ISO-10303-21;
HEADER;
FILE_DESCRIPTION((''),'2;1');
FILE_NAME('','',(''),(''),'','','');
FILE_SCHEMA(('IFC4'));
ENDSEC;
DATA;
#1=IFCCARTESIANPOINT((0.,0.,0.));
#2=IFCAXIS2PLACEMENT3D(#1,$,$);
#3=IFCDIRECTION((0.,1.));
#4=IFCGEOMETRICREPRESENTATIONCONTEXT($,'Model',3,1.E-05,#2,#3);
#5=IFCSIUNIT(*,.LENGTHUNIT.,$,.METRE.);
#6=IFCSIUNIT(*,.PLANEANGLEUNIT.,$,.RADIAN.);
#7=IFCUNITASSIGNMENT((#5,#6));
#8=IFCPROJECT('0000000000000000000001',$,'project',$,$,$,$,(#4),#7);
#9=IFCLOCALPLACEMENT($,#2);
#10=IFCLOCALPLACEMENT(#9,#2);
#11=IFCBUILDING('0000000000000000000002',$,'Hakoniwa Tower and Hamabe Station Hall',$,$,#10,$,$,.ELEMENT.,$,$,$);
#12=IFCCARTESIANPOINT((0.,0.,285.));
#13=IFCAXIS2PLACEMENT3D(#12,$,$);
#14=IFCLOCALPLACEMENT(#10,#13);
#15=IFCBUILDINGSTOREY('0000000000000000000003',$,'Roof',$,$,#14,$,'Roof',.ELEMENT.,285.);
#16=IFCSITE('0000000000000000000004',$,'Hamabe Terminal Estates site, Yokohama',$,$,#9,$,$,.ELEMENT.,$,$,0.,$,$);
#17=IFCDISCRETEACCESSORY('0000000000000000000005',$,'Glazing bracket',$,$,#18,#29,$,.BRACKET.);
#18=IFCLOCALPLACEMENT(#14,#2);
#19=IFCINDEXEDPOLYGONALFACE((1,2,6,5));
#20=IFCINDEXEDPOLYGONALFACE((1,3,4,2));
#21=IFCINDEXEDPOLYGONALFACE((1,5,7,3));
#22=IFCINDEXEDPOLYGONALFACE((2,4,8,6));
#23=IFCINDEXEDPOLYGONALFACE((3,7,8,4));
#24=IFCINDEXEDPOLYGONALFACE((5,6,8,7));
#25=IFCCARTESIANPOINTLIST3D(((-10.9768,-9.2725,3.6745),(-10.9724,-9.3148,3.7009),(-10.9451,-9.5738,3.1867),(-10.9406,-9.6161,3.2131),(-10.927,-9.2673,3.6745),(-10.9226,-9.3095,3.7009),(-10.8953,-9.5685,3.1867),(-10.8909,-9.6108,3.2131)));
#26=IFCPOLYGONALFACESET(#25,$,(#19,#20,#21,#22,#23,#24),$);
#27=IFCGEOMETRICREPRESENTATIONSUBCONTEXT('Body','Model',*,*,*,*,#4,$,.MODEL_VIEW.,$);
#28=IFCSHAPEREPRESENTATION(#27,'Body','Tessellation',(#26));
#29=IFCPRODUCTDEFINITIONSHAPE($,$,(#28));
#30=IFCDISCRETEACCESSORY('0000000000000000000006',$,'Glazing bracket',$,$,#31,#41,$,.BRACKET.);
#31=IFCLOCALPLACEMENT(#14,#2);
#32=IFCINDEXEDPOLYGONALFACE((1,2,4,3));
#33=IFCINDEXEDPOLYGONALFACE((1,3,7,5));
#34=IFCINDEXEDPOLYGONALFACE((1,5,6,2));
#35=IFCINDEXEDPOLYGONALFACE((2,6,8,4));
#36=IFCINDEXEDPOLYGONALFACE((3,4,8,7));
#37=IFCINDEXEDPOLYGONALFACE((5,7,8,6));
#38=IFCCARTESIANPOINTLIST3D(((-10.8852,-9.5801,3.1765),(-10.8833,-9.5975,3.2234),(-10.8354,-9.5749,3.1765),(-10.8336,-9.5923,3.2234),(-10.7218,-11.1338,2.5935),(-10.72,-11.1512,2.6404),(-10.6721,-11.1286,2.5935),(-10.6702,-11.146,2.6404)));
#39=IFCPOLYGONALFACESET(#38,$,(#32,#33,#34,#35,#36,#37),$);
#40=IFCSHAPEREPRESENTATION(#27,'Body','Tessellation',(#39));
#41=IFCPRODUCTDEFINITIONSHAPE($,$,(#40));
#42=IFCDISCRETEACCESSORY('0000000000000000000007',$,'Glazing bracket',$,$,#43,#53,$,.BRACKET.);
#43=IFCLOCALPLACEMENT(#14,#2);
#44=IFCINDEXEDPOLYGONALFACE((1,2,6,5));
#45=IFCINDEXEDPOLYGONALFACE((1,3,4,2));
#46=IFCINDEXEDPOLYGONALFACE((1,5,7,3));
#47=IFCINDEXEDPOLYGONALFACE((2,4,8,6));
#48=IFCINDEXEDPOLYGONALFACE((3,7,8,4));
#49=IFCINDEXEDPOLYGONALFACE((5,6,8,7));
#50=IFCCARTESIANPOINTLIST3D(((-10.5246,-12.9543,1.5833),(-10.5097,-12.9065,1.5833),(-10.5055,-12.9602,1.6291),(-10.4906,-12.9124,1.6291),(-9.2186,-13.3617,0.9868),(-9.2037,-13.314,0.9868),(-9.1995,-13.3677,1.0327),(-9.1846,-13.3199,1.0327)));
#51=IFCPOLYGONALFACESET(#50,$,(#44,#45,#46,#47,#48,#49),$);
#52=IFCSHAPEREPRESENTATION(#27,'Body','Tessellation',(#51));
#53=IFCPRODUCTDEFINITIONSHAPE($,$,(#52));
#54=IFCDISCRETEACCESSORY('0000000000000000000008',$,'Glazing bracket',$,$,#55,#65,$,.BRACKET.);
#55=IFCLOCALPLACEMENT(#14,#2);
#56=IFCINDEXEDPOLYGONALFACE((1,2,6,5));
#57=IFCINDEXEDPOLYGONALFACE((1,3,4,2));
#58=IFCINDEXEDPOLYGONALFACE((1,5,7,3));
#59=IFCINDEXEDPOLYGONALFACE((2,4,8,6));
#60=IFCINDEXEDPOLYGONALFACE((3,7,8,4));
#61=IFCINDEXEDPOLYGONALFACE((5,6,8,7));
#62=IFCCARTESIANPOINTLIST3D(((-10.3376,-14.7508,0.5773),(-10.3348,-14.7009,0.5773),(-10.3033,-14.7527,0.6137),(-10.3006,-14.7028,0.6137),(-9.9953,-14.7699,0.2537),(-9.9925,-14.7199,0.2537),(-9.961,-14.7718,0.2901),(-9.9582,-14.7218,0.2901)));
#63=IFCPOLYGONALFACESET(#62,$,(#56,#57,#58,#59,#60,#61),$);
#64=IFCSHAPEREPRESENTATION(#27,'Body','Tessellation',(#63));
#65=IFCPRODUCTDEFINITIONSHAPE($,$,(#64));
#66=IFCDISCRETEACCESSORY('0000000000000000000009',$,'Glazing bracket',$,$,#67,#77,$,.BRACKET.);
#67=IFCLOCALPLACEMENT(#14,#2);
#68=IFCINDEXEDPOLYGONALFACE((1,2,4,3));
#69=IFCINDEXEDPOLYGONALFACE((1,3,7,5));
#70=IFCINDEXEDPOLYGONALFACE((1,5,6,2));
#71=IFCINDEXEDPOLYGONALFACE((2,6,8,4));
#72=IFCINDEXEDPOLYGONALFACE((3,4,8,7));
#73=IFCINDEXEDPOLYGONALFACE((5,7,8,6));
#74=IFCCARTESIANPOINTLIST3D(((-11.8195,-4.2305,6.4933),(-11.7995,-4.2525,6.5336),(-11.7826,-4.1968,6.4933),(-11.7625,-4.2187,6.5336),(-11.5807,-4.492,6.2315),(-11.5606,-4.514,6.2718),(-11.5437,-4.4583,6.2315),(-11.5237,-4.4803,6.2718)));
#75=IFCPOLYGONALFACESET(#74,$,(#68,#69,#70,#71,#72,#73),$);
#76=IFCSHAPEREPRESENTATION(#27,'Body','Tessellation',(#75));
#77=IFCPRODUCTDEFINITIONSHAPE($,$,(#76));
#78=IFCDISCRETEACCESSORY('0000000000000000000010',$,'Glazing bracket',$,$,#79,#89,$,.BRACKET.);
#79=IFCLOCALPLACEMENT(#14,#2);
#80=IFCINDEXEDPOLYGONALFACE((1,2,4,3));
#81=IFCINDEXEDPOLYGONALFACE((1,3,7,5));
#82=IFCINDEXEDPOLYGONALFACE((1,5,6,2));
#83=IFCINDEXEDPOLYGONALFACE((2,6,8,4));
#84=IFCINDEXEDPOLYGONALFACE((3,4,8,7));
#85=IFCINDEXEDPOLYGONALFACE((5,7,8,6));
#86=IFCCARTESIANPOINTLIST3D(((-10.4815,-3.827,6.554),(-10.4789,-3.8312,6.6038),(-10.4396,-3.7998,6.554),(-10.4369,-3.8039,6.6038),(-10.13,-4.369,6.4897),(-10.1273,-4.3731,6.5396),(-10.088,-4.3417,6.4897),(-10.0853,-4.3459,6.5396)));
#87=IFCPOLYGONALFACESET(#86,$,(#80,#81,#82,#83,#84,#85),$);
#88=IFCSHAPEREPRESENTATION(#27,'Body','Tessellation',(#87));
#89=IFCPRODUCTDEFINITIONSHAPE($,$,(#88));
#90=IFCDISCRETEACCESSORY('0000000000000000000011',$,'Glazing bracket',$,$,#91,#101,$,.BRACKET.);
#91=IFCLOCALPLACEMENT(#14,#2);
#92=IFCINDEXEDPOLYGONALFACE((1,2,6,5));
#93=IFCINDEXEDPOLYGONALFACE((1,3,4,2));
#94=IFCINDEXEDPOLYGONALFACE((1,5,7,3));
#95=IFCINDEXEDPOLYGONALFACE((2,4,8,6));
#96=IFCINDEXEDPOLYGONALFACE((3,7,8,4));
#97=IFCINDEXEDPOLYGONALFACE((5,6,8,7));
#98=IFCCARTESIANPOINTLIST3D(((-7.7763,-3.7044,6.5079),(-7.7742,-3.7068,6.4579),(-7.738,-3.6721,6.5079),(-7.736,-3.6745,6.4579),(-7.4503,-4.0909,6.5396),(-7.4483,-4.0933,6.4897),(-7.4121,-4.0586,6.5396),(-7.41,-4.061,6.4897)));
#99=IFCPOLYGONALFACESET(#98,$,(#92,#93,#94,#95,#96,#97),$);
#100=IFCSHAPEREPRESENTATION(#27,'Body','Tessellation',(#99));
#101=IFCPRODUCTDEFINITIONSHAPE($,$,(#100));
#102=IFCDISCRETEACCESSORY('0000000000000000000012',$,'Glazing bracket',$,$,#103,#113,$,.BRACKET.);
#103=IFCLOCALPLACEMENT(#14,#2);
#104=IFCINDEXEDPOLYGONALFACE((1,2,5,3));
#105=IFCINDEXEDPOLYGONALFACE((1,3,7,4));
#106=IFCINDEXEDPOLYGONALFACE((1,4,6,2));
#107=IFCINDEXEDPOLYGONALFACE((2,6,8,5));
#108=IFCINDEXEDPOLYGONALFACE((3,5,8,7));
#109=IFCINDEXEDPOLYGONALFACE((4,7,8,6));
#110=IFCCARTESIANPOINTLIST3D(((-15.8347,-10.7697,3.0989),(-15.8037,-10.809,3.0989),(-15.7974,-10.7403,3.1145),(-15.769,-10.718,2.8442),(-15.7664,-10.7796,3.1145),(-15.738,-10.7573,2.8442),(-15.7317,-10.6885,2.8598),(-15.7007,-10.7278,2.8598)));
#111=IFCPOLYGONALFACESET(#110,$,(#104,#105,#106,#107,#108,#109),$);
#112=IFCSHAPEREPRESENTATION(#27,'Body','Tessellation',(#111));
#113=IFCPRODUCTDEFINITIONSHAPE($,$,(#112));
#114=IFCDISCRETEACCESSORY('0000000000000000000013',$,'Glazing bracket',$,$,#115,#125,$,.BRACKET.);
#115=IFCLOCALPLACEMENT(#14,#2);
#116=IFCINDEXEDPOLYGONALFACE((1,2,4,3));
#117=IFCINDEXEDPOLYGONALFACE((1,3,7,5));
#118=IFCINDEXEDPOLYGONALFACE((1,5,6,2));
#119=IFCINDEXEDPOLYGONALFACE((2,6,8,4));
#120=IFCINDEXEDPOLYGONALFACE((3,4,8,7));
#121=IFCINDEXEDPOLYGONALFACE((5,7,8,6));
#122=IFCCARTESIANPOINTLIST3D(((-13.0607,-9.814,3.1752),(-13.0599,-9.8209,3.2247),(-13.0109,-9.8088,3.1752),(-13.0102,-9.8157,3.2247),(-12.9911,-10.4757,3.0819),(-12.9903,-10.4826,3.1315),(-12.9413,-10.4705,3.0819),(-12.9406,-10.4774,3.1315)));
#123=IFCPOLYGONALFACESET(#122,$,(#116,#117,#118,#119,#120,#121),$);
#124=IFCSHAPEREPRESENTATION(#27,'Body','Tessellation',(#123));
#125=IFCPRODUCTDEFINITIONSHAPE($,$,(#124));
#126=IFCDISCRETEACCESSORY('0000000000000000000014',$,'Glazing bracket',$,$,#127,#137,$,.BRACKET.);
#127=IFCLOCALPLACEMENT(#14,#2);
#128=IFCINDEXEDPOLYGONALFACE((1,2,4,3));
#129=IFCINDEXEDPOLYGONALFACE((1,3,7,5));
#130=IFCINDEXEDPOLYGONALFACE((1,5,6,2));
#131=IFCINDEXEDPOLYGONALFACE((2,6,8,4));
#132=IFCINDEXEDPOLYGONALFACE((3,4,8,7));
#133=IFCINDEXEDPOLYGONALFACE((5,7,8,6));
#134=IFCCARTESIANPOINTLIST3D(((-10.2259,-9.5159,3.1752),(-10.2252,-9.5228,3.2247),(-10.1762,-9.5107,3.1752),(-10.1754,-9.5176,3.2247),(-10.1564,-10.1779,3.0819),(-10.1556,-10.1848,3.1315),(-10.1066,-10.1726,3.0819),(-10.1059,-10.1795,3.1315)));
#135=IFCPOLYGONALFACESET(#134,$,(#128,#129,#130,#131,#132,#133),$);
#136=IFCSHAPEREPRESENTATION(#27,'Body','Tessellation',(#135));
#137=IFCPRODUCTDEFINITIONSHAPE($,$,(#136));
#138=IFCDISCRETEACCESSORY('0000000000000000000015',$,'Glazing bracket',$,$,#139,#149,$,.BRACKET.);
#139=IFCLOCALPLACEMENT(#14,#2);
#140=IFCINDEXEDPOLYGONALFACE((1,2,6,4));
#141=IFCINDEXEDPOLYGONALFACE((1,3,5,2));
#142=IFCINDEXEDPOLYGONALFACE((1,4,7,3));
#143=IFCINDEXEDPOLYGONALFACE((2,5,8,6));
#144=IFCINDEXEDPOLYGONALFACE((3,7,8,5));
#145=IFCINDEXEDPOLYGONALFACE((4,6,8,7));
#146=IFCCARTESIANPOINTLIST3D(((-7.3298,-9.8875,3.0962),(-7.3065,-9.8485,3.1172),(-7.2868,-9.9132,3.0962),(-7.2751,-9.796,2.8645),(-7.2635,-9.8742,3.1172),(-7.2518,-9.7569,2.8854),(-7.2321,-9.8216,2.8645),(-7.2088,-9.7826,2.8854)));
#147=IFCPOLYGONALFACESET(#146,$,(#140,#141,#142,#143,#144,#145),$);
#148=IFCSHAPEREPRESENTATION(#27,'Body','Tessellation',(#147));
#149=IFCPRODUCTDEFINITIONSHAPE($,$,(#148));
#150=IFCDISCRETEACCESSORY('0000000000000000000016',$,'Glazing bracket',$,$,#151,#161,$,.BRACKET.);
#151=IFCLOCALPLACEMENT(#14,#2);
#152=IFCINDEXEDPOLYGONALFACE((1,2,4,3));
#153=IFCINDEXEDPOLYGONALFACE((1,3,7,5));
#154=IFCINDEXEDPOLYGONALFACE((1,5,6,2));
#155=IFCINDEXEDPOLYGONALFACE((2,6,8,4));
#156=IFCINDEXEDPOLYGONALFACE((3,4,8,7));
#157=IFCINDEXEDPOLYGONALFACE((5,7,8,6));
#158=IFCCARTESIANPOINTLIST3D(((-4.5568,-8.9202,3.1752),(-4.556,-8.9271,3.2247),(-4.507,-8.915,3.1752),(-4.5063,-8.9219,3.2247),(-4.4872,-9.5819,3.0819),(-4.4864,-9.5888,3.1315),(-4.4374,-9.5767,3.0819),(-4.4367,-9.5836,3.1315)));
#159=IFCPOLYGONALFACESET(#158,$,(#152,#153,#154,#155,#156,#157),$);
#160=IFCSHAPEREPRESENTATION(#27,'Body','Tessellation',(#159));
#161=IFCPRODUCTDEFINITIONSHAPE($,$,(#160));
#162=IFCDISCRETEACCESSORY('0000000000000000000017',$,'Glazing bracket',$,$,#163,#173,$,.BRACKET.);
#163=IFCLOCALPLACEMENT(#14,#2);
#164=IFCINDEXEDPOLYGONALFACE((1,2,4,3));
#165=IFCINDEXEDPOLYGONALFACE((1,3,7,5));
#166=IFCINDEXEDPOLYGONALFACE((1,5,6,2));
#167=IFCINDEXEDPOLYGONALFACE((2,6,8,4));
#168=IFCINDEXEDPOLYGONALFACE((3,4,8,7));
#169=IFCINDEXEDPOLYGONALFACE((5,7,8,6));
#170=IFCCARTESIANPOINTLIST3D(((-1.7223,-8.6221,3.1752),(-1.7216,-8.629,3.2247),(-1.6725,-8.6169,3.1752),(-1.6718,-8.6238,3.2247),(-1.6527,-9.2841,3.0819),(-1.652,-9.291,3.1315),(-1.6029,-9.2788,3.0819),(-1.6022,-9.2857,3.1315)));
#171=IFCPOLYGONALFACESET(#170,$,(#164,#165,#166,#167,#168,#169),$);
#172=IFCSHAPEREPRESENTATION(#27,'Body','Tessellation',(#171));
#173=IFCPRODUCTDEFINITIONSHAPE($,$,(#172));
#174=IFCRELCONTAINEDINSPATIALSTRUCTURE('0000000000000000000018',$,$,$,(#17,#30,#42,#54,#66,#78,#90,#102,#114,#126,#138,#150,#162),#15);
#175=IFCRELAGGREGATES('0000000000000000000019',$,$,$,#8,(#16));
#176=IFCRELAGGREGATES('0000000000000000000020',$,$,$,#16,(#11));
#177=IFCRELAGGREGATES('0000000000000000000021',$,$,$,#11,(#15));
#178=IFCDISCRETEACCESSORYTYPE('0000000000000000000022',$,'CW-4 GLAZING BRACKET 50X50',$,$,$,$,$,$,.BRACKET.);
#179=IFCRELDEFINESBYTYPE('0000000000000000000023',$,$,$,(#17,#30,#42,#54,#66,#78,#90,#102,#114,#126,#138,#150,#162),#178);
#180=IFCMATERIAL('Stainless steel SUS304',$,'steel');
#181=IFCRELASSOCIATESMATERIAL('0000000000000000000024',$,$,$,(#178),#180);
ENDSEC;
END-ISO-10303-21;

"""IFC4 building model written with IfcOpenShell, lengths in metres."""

from ifc_helpers import new_model, si_unit, direction, frame, origin, origin_2d, place, context, subcontext, project, spatial, rectangle, extrude, material, material_profile, profile_set, type_object, element, save


model = new_model("IFC4")

# Units and contexts
model_context = context("Model", 3, precision=1e-05, world=origin(), true_north=direction((0.0, 1.0)))
body_context = subcontext(model_context, "Body", "Model", "MODEL_VIEW")
ifc_project = project(units=[si_unit("LENGTHUNIT", "METRE"), si_unit("PLANEANGLEUNIT", "RADIAN")], contexts=[model_context])

# Site, building, storey
site_placement = place(None, origin())
site = spatial("IfcSite", under=ifc_project, at=site_placement, Name="Hamabe Terminal Estates site, Yokohama", CompositionType="ELEMENT", RefElevation=0.0)
building_placement = place(site_placement, origin())
building = spatial("IfcBuilding", under=site, at=building_placement, Name="Hakoniwa Tower and Hamabe Station Hall", CompositionType="ELEMENT")
storey_placement = place(building_placement, frame((0.0, 0.0, 285.0)))
storey = spatial("IfcBuildingStorey", under=building, at=storey_placement, Name="Roof", LongName="Roof", CompositionType="ELEMENT", Elevation=285.0)

# Discrete accessories
ifc_material_1 = material(Name="Stainless steel SUS304", Category="steel")
ifc_material_profile_1 = material_profile(ifc_material_1, rectangle(XDim=0.05, YDim=0.05, at=origin_2d()), Name="CW-4 GLAZING BRACKET 50X50")
ifc_profile_set_1 = profile_set([ifc_material_profile_1], Name="Stainless steel SUS304")
discrete_accessory_type = type_object("IfcDiscreteAccessoryType", Name="CW-4 GLAZING BRACKET 50X50", PredefinedType="BRACKET", material=ifc_profile_set_1)
discrete_accessory_1_placement = place(storey_placement, frame((-10.9497, -9.291, 3.6877), z_axis=(0.055273, -0.524671, -0.849509), x_axis=(0.994497, 0.104769, 0.0)))
element("IfcDiscreteAccessory", 1, at=discrete_accessory_1_placement, inside=storey, type_object=discrete_accessory_type, Name="Glazing bracket", PredefinedType="BRACKET", context=body_context, shape_type="SweptSolid", body=[
    extrude(rectangle(XDim=0.05, YDim=0.05, at=origin_2d()), origin(), (0.0, 0.0, 1.0), 0.5742),
])
discrete_accessory_2_placement = place(storey_placement, frame((-10.696, -11.1399, 2.6169), z_axis=(-0.097948, 0.931755, 0.349628), x_axis=(-0.99452, -0.104546, 0.0)))
element("IfcDiscreteAccessory", 2, at=discrete_accessory_2_placement, inside=storey, type_object=discrete_accessory_type, Name="Glazing bracket", PredefinedType="BRACKET", context=body_context, shape_type="SweptSolid", body=[
    extrude(rectangle(XDim=0.05, YDim=0.05, at=origin_2d()), origin(), (0.0, 0.0, 1.0), 1.6675),
])
discrete_accessory_3_placement = place(storey_placement, frame((-10.5076, -12.9333, 1.6062), z_axis=(0.875057, -0.273036, -0.399657), x_axis=(0.297858, 0.95461, 0.0)))
element("IfcDiscreteAccessory", 3, at=discrete_accessory_3_placement, inside=storey, type_object=discrete_accessory_type, Name="Glazing bracket", PredefinedType="BRACKET", context=body_context, shape_type="SweptSolid", body=[
    extrude(rectangle(XDim=0.05, YDim=0.05, at=origin_2d()), origin(), (0.0, 0.0, 1.0), 1.4924),
])
discrete_accessory_4_placement = place(storey_placement, frame((-10.3191, -14.7268, 0.5955), z_axis=(0.72619, -0.040401, -0.686306), x_axis=(0.055549, 0.998456, 0.0)))
element("IfcDiscreteAccessory", 4, at=discrete_accessory_4_placement, inside=storey, type_object=discrete_accessory_type, Name="Glazing bracket", PredefinedType="BRACKET", context=body_context, shape_type="SweptSolid", body=[
    extrude(rectangle(XDim=0.05, YDim=0.05, at=origin_2d()), origin(), (0.0, 0.0, 1.0), 0.4714),
])
discrete_accessory_5_placement = place(storey_placement, frame((-11.791, -4.2246, 6.5134), z_axis=(0.542271, -0.593836, -0.594391), x_axis=(0.738441, 0.674318, 0.0)))
element("IfcDiscreteAccessory", 5, at=discrete_accessory_5_placement, inside=storey, type_object=discrete_accessory_type, Name="Glazing bracket", PredefinedType="BRACKET", context=body_context, shape_type="SweptSolid", body=[
    extrude(rectangle(XDim=0.05, YDim=0.05, at=origin_2d()), origin(), (0.0, 0.0, 1.0), 0.4404),
])
discrete_accessory_6_placement = place(storey_placement, frame((-10.1077, -4.3574, 6.5146), z_axis=(-0.541523, 0.834848, 0.098903), x_axis=(-0.838961, -0.544191, 0.0)))
element("IfcDiscreteAccessory", 6, at=discrete_accessory_6_placement, inside=storey, type_object=discrete_accessory_type, Name="Glazing bracket", PredefinedType="BRACKET", context=body_context, shape_type="SweptSolid", body=[
    extrude(rectangle(XDim=0.05, YDim=0.05, at=origin_2d()), origin(), (0.0, 0.0, 1.0), 0.6492),
])
discrete_accessory_7_placement = place(storey_placement, frame((-7.4302, -4.0759, 6.5146), z_axis=(-0.643419, 0.762946, -0.062655), x_axis=(-0.764448, -0.644686, 0.0)))
element("IfcDiscreteAccessory", 7, at=discrete_accessory_7_placement, inside=storey, type_object=discrete_accessory_type, Name="Glazing bracket", PredefinedType="BRACKET", context=body_context, shape_type="SweptSolid", body=[
    extrude(rectangle(XDim=0.05, YDim=0.05, at=origin_2d()), origin(), (0.0, 0.0, 1.0), 0.5066),
])
discrete_accessory_8_placement = place(storey_placement, frame((-15.8005, -10.7747, 3.1067), z_axis=(0.245037, 0.193114, -0.950086), x_axis=(-0.618981, 0.785406, 0.0)))
element("IfcDiscreteAccessory", 8, at=discrete_accessory_8_placement, inside=storey, type_object=discrete_accessory_type, Name="Glazing bracket", PredefinedType="BRACKET", context=body_context, shape_type="SweptSolid", body=[
    extrude(rectangle(XDim=0.05, YDim=0.05, at=origin_2d()), origin(), (0.0, 0.0, 1.0), 0.2681),
])
discrete_accessory_9_placement = place(storey_placement, frame((-12.9658, -10.4766, 3.1067), z_axis=(-0.103576, 0.984885, 0.138829), x_axis=(-0.994516, -0.104589, 0.0)))
element("IfcDiscreteAccessory", 9, at=discrete_accessory_9_placement, inside=storey, type_object=discrete_accessory_type, Name="Glazing bracket", PredefinedType="BRACKET", context=body_context, shape_type="SweptSolid", body=[
    extrude(rectangle(XDim=0.05, YDim=0.05, at=origin_2d()), origin(), (0.0, 0.0, 1.0), 0.6719),
])
discrete_accessory_10_placement = place(storey_placement, frame((-10.1311, -10.1787, 3.1067), z_axis=(-0.103539, 0.984896, 0.138779), x_axis=(-0.99452, -0.104551, 0.0)))
element("IfcDiscreteAccessory", 10, at=discrete_accessory_10_placement, inside=storey, type_object=discrete_accessory_type, Name="Glazing bracket", PredefinedType="BRACKET", context=body_context, shape_type="SweptSolid", body=[
    extrude(rectangle(XDim=0.05, YDim=0.05, at=origin_2d()), origin(), (0.0, 0.0, 1.0), 0.6721),
])
discrete_accessory_11_placement = place(storey_placement, frame((-7.2966, -9.8809, 3.1067), z_axis=(0.214415, 0.358954, -0.908393), x_axis=(-0.858501, 0.512811, 0.0)))
element("IfcDiscreteAccessory", 11, at=discrete_accessory_11_placement, inside=storey, type_object=discrete_accessory_type, Name="Glazing bracket", PredefinedType="BRACKET", context=body_context, shape_type="SweptSolid", body=[
    extrude(rectangle(XDim=0.05, YDim=0.05, at=origin_2d()), origin(), (0.0, 0.0, 1.0), 0.2551),
])
discrete_accessory_12_placement = place(storey_placement, frame((-4.4619, -9.5828, 3.1067), z_axis=(-0.103576, 0.984885, 0.138829), x_axis=(-0.994516, -0.104589, 0.0)))
element("IfcDiscreteAccessory", 12, at=discrete_accessory_12_placement, inside=storey, type_object=discrete_accessory_type, Name="Glazing bracket", PredefinedType="BRACKET", context=body_context, shape_type="SweptSolid", body=[
    extrude(rectangle(XDim=0.05, YDim=0.05, at=origin_2d()), origin(), (0.0, 0.0, 1.0), 0.6719),
])
discrete_accessory_13_placement = place(storey_placement, frame((-1.6274, -9.2849, 3.1067), z_axis=(-0.103539, 0.984896, 0.138779), x_axis=(-0.99452, -0.104551, 0.0)))
element("IfcDiscreteAccessory", 13, at=discrete_accessory_13_placement, inside=storey, type_object=discrete_accessory_type, Name="Glazing bracket", PredefinedType="BRACKET", context=body_context, shape_type="SweptSolid", body=[
    extrude(rectangle(XDim=0.05, YDim=0.05, at=origin_2d()), origin(), (0.0, 0.0, 1.0), 0.6721),
])

save(model, "model.ifc")
